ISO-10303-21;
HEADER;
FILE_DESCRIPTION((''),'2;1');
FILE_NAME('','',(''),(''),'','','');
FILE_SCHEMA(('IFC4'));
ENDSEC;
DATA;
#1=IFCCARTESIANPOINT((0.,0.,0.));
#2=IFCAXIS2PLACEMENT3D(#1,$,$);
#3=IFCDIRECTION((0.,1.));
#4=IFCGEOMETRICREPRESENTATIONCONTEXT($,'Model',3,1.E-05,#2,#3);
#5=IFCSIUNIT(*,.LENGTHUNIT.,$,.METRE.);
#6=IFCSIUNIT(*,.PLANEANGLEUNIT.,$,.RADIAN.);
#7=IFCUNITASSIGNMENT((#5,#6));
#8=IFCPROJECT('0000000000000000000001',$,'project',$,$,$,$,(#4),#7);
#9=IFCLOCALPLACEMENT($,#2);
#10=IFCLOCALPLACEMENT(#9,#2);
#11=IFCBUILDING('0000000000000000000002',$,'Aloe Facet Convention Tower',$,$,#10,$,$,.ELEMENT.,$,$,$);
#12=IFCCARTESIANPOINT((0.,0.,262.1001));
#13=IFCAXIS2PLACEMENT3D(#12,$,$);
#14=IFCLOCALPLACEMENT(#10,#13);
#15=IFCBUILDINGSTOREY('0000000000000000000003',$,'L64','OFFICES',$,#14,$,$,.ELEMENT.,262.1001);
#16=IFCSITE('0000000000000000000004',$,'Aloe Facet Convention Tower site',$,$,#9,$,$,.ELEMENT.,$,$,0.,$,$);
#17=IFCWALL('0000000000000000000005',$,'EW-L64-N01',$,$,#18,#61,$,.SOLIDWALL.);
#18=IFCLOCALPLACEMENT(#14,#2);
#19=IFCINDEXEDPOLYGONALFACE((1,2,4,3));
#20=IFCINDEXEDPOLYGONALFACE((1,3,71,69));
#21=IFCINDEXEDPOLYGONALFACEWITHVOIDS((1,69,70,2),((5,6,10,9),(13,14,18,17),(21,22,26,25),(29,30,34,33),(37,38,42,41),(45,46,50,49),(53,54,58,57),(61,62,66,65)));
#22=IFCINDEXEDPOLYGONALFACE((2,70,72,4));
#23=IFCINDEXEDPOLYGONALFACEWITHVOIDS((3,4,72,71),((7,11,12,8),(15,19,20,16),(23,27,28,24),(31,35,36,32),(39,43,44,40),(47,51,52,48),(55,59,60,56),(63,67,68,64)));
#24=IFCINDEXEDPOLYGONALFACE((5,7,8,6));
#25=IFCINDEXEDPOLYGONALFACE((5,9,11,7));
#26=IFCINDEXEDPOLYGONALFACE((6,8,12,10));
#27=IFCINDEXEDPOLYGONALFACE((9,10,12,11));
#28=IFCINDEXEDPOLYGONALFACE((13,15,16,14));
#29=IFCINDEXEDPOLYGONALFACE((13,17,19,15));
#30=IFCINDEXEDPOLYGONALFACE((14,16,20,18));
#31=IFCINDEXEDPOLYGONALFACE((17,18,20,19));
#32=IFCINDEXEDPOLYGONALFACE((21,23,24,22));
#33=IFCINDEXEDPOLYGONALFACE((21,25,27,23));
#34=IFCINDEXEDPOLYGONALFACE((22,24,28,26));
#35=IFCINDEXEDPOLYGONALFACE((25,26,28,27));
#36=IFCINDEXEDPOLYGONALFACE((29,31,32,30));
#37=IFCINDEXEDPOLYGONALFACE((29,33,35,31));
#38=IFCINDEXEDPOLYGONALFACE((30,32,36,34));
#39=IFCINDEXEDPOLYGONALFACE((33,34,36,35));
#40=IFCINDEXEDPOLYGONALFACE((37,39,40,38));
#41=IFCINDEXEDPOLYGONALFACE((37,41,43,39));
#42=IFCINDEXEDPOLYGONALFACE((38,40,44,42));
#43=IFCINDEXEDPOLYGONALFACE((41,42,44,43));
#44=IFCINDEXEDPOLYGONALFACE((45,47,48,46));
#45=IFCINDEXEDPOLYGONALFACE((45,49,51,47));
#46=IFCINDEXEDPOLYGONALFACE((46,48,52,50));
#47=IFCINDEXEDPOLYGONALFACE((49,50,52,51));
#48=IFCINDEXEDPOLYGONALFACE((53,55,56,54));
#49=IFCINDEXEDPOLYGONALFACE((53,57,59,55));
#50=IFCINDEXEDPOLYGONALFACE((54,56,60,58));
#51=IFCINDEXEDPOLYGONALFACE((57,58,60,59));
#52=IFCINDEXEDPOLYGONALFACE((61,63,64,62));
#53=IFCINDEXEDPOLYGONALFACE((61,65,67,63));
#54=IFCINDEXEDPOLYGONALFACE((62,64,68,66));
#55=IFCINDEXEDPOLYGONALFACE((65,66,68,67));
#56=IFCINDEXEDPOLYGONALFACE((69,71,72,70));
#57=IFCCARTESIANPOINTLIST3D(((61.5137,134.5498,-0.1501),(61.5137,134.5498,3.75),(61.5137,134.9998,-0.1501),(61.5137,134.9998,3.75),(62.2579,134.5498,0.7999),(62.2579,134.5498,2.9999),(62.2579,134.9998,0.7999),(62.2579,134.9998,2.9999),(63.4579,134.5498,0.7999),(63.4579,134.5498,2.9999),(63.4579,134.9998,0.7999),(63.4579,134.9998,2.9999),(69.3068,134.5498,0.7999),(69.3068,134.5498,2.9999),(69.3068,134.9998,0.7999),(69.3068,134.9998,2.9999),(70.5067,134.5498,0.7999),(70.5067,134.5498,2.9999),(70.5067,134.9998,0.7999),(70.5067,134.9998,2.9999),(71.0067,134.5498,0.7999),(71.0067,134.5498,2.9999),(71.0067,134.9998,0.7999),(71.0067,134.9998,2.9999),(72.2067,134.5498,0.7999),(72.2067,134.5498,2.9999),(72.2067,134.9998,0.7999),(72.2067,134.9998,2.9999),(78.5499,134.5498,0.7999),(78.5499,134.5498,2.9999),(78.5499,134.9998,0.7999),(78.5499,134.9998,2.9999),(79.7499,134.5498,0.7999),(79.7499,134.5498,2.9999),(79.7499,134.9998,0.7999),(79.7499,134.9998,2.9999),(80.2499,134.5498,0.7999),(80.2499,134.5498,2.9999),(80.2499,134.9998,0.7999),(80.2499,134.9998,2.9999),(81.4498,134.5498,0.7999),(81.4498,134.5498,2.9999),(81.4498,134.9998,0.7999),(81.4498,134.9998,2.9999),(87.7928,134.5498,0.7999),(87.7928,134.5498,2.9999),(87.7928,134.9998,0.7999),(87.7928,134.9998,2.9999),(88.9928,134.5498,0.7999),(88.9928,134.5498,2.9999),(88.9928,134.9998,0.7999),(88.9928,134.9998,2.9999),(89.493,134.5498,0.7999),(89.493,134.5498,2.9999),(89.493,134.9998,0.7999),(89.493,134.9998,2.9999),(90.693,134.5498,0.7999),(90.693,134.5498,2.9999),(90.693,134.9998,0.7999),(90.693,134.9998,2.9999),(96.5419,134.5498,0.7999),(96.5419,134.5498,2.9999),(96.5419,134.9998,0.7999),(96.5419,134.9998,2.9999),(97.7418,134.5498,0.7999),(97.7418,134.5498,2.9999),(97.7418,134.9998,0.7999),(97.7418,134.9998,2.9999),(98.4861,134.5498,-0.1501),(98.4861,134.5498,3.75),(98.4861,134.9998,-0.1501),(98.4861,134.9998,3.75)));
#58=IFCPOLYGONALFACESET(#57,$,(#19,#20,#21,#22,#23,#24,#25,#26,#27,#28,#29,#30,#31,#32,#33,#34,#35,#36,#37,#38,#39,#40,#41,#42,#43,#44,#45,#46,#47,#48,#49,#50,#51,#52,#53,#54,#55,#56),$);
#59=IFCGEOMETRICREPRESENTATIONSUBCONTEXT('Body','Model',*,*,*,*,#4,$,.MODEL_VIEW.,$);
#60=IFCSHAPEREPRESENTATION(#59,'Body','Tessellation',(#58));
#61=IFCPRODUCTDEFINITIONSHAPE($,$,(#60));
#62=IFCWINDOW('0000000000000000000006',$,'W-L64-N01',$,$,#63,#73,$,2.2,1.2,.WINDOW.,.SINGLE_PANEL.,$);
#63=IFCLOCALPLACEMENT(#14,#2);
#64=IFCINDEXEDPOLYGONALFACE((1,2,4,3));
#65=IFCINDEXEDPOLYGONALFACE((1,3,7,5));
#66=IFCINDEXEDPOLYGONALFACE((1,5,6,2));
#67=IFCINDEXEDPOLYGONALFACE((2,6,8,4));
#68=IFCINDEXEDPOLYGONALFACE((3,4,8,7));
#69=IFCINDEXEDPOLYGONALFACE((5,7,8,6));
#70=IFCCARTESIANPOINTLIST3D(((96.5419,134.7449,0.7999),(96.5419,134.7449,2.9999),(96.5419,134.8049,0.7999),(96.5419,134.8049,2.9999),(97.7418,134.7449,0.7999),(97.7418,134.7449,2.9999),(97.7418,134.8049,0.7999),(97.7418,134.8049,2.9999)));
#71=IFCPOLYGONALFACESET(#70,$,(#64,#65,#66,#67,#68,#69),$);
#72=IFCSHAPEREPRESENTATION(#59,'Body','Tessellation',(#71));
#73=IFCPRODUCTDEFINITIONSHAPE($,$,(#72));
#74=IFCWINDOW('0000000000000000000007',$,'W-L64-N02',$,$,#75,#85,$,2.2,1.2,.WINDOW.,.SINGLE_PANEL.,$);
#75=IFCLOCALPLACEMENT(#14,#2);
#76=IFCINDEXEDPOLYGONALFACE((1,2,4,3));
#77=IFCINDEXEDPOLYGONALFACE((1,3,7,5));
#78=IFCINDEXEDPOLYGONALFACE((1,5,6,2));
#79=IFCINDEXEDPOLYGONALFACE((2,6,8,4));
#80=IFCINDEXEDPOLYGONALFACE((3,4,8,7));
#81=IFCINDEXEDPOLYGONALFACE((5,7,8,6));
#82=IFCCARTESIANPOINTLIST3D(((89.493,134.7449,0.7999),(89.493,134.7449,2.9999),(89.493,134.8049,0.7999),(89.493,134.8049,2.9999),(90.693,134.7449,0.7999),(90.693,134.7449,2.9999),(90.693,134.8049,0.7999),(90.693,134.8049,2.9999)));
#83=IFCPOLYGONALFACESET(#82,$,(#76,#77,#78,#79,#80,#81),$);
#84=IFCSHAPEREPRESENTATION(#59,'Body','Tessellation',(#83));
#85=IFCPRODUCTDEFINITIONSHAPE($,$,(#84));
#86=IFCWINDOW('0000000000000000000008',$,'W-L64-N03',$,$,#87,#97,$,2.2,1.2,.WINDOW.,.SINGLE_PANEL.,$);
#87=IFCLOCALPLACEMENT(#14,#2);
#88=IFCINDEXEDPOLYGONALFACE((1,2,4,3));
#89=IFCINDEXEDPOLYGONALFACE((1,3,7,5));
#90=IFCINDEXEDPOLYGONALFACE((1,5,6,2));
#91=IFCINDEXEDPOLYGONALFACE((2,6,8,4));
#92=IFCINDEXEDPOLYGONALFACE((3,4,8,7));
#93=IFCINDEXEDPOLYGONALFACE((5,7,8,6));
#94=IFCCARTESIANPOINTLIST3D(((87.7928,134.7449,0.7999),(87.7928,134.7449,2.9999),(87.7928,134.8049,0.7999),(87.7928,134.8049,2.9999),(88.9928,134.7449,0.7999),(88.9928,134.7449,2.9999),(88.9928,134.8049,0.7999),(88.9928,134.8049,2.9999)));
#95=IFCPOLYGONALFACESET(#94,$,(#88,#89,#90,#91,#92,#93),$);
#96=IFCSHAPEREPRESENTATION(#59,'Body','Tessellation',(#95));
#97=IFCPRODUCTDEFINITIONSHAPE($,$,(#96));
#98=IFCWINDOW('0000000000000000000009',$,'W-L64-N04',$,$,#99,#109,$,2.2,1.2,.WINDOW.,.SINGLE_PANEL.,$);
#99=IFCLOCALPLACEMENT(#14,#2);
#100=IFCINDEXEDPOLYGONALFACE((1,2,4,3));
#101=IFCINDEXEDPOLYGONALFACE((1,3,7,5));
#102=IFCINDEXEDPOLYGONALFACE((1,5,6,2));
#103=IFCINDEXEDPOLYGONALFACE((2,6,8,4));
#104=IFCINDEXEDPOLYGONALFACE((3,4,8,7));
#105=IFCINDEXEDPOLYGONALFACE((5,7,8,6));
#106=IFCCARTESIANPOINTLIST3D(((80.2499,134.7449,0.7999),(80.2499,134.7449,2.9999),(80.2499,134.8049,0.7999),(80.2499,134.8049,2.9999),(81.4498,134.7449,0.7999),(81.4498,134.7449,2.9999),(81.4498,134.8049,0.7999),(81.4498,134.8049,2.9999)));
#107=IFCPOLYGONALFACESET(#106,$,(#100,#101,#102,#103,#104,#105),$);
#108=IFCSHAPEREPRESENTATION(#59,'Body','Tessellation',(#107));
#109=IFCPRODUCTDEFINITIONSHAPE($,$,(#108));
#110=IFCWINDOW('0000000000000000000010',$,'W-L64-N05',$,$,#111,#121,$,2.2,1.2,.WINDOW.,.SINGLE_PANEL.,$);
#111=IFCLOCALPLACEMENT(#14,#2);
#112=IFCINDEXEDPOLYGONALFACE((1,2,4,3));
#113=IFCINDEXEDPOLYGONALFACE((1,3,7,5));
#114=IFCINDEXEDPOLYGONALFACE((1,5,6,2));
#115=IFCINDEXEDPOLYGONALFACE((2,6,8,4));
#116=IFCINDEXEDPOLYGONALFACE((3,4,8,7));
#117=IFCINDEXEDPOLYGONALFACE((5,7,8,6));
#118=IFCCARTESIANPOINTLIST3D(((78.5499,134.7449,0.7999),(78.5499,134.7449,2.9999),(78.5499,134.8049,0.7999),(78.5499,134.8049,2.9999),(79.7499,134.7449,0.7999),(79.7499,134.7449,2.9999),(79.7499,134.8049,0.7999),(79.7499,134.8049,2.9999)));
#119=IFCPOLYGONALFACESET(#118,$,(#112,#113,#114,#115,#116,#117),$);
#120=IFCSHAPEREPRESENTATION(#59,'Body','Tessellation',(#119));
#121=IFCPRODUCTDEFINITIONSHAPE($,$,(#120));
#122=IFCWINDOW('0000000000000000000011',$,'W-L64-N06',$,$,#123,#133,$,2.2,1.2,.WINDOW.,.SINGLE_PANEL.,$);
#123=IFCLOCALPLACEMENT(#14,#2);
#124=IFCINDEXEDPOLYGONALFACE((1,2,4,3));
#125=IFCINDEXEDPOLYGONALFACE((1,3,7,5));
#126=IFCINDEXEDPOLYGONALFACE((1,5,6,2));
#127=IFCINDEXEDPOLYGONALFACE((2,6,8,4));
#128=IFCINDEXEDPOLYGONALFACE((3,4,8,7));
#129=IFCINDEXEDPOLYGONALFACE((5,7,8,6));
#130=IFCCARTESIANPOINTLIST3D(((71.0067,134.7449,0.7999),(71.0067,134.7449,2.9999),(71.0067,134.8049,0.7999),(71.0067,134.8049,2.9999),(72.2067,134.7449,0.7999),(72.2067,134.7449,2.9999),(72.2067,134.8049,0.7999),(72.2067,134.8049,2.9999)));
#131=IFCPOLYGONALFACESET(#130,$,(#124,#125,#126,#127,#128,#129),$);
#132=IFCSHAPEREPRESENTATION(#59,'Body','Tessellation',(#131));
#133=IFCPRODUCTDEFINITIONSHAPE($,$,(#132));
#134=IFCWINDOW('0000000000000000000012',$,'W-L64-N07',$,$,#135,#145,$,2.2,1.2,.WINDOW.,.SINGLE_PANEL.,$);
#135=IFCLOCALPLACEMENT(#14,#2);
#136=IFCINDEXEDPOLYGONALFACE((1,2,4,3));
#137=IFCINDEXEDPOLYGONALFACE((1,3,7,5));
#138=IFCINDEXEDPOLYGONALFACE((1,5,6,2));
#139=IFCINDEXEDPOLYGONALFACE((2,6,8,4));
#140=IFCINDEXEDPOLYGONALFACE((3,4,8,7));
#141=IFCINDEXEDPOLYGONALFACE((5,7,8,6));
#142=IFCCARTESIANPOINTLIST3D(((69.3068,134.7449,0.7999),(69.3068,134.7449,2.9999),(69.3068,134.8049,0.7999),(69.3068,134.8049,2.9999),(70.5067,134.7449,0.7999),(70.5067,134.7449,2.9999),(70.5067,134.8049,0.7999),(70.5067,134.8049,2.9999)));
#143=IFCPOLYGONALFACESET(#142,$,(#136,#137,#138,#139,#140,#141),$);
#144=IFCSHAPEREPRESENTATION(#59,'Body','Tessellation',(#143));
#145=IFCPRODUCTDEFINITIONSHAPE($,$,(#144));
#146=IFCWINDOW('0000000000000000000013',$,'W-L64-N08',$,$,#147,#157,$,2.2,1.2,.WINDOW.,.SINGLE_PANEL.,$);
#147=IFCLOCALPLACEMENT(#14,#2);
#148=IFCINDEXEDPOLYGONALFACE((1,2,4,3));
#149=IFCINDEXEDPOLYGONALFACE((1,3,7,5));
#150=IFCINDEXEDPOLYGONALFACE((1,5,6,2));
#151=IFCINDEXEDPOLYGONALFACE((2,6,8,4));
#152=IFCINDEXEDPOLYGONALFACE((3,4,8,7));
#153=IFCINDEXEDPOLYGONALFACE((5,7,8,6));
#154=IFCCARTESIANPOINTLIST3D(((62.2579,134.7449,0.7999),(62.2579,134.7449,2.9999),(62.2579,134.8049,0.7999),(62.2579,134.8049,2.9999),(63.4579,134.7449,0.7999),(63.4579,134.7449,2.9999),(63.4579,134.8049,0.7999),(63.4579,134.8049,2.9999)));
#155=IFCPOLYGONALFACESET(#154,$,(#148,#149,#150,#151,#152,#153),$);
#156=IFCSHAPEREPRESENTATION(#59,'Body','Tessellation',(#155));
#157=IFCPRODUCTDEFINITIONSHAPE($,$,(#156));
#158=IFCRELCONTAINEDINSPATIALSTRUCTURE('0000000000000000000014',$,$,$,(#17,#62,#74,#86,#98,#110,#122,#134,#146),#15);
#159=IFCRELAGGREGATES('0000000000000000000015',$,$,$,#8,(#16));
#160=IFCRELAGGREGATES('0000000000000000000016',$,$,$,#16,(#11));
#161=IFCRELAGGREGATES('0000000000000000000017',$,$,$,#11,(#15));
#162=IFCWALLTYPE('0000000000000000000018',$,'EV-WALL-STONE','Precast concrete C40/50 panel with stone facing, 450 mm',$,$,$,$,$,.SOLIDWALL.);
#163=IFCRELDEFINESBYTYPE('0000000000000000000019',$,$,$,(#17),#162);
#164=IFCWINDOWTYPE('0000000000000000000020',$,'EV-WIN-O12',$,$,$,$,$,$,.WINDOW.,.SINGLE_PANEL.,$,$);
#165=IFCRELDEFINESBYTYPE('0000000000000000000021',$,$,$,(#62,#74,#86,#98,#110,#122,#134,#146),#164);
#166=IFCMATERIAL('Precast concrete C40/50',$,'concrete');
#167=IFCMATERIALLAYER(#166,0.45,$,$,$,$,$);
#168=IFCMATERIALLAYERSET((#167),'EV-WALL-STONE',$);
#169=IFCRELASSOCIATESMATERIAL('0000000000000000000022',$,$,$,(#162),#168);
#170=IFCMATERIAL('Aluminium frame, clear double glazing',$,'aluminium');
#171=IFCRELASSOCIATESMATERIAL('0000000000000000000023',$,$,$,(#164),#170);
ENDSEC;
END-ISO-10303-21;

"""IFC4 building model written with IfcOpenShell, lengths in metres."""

from ifc_helpers import new_model, si_unit, direction, frame, frame_2d, origin, place, context, subcontext, project, spatial, polyline, rectangle, outline, extrude, material, layer, layer_set, type_object, element, fill, save


model = new_model("IFC4")

# Units and contexts
model_context = context("Model", 3, precision=1e-05, world=origin(), true_north=direction((0.0, 1.0)))
body_context = subcontext(model_context, "Body", "Model", "MODEL_VIEW")
ifc_project = project(units=[si_unit("LENGTHUNIT", "METRE"), si_unit("PLANEANGLEUNIT", "RADIAN")], contexts=[model_context])

# Site, building, storey
site_placement = place(None, origin())
site = spatial("IfcSite", under=ifc_project, at=site_placement, Name="Aloe Facet Convention Tower site", CompositionType="ELEMENT", RefElevation=0.0)
building_placement = place(site_placement, origin())
building = spatial("IfcBuilding", under=site, at=building_placement, Name="Aloe Facet Convention Tower", CompositionType="ELEMENT")
storey_placement = place(building_placement, frame((0.0, 0.0, 262.1001)))
storey = spatial("IfcBuildingStorey", under=building, at=storey_placement, Name="L64", Description="OFFICES", CompositionType="ELEMENT", Elevation=262.1001)

# Wall, openings, windows
ifc_material_1 = material(Name="Precast concrete C40/50", Category="concrete")
ifc_layer_1 = layer(ifc_material_1, 0.45)
ifc_layer_set_1 = layer_set([ifc_layer_1], Name="EV-WALL-STONE")
wall_type_1 = type_object("IfcWallType", Name="EV-WALL-STONE", Description="Precast concrete C40/50 panel with stone facing, 450 mm", PredefinedType="SOLIDWALL", material=ifc_layer_set_1)
wall_1_placement = place(storey_placement, frame((98.4861, 134.7749, -0.1501), z_axis=(0.0, 0.0, 1.0), x_axis=(-1.0, 0.0, 0.0)))
wall_1 = element("IfcWall", 1, at=wall_1_placement, inside=storey, type_object=wall_type_1, Name="EW-L64-N01", PredefinedType="SOLIDWALL", context=body_context, shape_type="SweptSolid", body=[
    extrude(outline(polyline([(36.9724, 0.0), (36.9724, 3.9001), (0.0, 3.9001), (0.0, 0.0), (36.9724, 0.0)])), frame((0.0, 0.2251, 0.0), z_axis=(0.0, -1.0, 0.0), x_axis=(1.0, 0.0, 0.0)), (0.0, 0.0, 1.0), 0.45),
])
opening_1_placement = place(wall_1_placement, frame((0.7441, 0.0, 0.95)))
opening_1 = element("IfcOpeningElement", 2, at=opening_1_placement, cuts=wall_1, PredefinedType="OPENING", context=body_context, shape_type="SweptSolid", body=[
    extrude(rectangle(XDim=1.2, YDim=2.2, at=frame_2d((0.6001, 1.1001))), frame((0.0, 0.2349, 0.0), z_axis=(0.0, -1.0, 0.0), x_axis=(1.0, 0.0, 0.0)), (0.0, 0.0, 1.0), 0.47),
])
opening_2_placement = place(wall_1_placement, frame((7.793, 0.0, 0.95)))
opening_2 = element("IfcOpeningElement", 3, at=opening_2_placement, cuts=wall_1, PredefinedType="OPENING", context=body_context, shape_type="SweptSolid", body=[
    extrude(rectangle(XDim=1.2, YDim=2.2, at=frame_2d((0.6001, 1.1001))), frame((0.0, 0.2349, 0.0), z_axis=(0.0, -1.0, 0.0), x_axis=(1.0, 0.0, 0.0)), (0.0, 0.0, 1.0), 0.47),
])
opening_3_placement = place(wall_1_placement, frame((9.4932, 0.0, 0.95)))
opening_3 = element("IfcOpeningElement", 4, at=opening_3_placement, cuts=wall_1, PredefinedType="OPENING", context=body_context, shape_type="SweptSolid", body=[
    extrude(rectangle(XDim=1.2, YDim=2.2, at=frame_2d((0.6001, 1.1001))), frame((0.0, 0.2349, 0.0), z_axis=(0.0, -1.0, 0.0), x_axis=(1.0, 0.0, 0.0)), (0.0, 0.0, 1.0), 0.47),
])
opening_4_placement = place(wall_1_placement, frame((17.0361, 0.0, 0.95)))
opening_4 = element("IfcOpeningElement", 5, at=opening_4_placement, cuts=wall_1, PredefinedType="OPENING", context=body_context, shape_type="SweptSolid", body=[
    extrude(rectangle(XDim=1.2, YDim=2.2, at=frame_2d((0.6001, 1.1001))), frame((0.0, 0.2349, 0.0), z_axis=(0.0, -1.0, 0.0), x_axis=(1.0, 0.0, 0.0)), (0.0, 0.0, 1.0), 0.47),
])
opening_5_placement = place(wall_1_placement, frame((18.7361, 0.0, 0.95)))
opening_5 = element("IfcOpeningElement", 6, at=opening_5_placement, cuts=wall_1, PredefinedType="OPENING", context=body_context, shape_type="SweptSolid", body=[
    extrude(rectangle(XDim=1.2, YDim=2.2, at=frame_2d((0.6001, 1.1001))), frame((0.0, 0.2349, 0.0), z_axis=(0.0, -1.0, 0.0), x_axis=(1.0, 0.0, 0.0)), (0.0, 0.0, 1.0), 0.47),
])
opening_6_placement = place(wall_1_placement, frame((26.2793, 0.0, 0.95)))
opening_6 = element("IfcOpeningElement", 7, at=opening_6_placement, cuts=wall_1, PredefinedType="OPENING", context=body_context, shape_type="SweptSolid", body=[
    extrude(rectangle(XDim=1.2, YDim=2.2, at=frame_2d((0.6001, 1.1001))), frame((0.0, 0.2349, 0.0), z_axis=(0.0, -1.0, 0.0), x_axis=(1.0, 0.0, 0.0)), (0.0, 0.0, 1.0), 0.47),
])
opening_7_placement = place(wall_1_placement, frame((27.9792, 0.0, 0.95)))
opening_7 = element("IfcOpeningElement", 8, at=opening_7_placement, cuts=wall_1, PredefinedType="OPENING", context=body_context, shape_type="SweptSolid", body=[
    extrude(rectangle(XDim=1.2, YDim=2.2, at=frame_2d((0.6001, 1.1001))), frame((0.0, 0.2349, 0.0), z_axis=(0.0, -1.0, 0.0), x_axis=(1.0, 0.0, 0.0)), (0.0, 0.0, 1.0), 0.47),
])
opening_8_placement = place(wall_1_placement, frame((35.0281, 0.0, 0.95)))
opening_8 = element("IfcOpeningElement", 9, at=opening_8_placement, cuts=wall_1, PredefinedType="OPENING", context=body_context, shape_type="SweptSolid", body=[
    extrude(rectangle(XDim=1.2, YDim=2.2, at=frame_2d((0.6001, 1.1001))), frame((0.0, 0.2349, 0.0), z_axis=(0.0, -1.0, 0.0), x_axis=(1.0, 0.0, 0.0)), (0.0, 0.0, 1.0), 0.47),
])
ifc_material_2 = material(Name="Aluminium frame, clear double glazing", Category="aluminium")
window_type = type_object("IfcWindowType", Name="EV-WIN-O12", PartitioningType="SINGLE_PANEL", PredefinedType="WINDOW", material=ifc_material_2)
window_1_placement = place(opening_1_placement, origin())
window_1 = element("IfcWindow", 10, at=window_1_placement, inside=storey, type_object=window_type, Name="W-L64-N01", OverallHeight=2.2, OverallWidth=1.2, PartitioningType="SINGLE_PANEL", PredefinedType="WINDOW", context=body_context, shape_type="SweptSolid", body=[
    extrude(rectangle(XDim=1.2, YDim=2.2, at=frame_2d((0.6001, 1.1001))), frame((0.0, 0.03, 0.0), z_axis=(0.0, -1.0, 0.0), x_axis=(1.0, 0.0, 0.0)), (0.0, 0.0, 1.0), 0.0601),
])
fill(opening_1, window_1)
window_2_placement = place(opening_2_placement, origin())
window_2 = element("IfcWindow", 11, at=window_2_placement, inside=storey, type_object=window_type, Name="W-L64-N02", OverallHeight=2.2, OverallWidth=1.2, PartitioningType="SINGLE_PANEL", PredefinedType="WINDOW", context=body_context, shape_type="SweptSolid", body=[
    extrude(rectangle(XDim=1.2, YDim=2.2, at=frame_2d((0.6001, 1.1001))), frame((0.0, 0.03, 0.0), z_axis=(0.0, -1.0, 0.0), x_axis=(1.0, 0.0, 0.0)), (0.0, 0.0, 1.0), 0.0601),
])
fill(opening_2, window_2)
window_3_placement = place(opening_3_placement, origin())
window_3 = element("IfcWindow", 12, at=window_3_placement, inside=storey, type_object=window_type, Name="W-L64-N03", OverallHeight=2.2, OverallWidth=1.2, PartitioningType="SINGLE_PANEL", PredefinedType="WINDOW", context=body_context, shape_type="SweptSolid", body=[
    extrude(rectangle(XDim=1.2, YDim=2.2, at=frame_2d((0.6001, 1.1001))), frame((0.0, 0.03, 0.0), z_axis=(0.0, -1.0, 0.0), x_axis=(1.0, 0.0, 0.0)), (0.0, 0.0, 1.0), 0.0601),
])
fill(opening_3, window_3)
window_4_placement = place(opening_4_placement, origin())
window_4 = element("IfcWindow", 13, at=window_4_placement, inside=storey, type_object=window_type, Name="W-L64-N04", OverallHeight=2.2, OverallWidth=1.2, PartitioningType="SINGLE_PANEL", PredefinedType="WINDOW", context=body_context, shape_type="SweptSolid", body=[
    extrude(rectangle(XDim=1.2, YDim=2.2, at=frame_2d((0.6001, 1.1001))), frame((0.0, 0.03, 0.0), z_axis=(0.0, -1.0, 0.0), x_axis=(1.0, 0.0, 0.0)), (0.0, 0.0, 1.0), 0.0601),
])
fill(opening_4, window_4)
window_5_placement = place(opening_5_placement, origin())
window_5 = element("IfcWindow", 14, at=window_5_placement, inside=storey, type_object=window_type, Name="W-L64-N05", OverallHeight=2.2, OverallWidth=1.2, PartitioningType="SINGLE_PANEL", PredefinedType="WINDOW", context=body_context, shape_type="SweptSolid", body=[
    extrude(rectangle(XDim=1.2, YDim=2.2, at=frame_2d((0.6001, 1.1001))), frame((0.0, 0.03, 0.0), z_axis=(0.0, -1.0, 0.0), x_axis=(1.0, 0.0, 0.0)), (0.0, 0.0, 1.0), 0.0601),
])
fill(opening_5, window_5)
window_6_placement = place(opening_6_placement, origin())
window_6 = element("IfcWindow", 15, at=window_6_placement, inside=storey, type_object=window_type, Name="W-L64-N06", OverallHeight=2.2, OverallWidth=1.2, PartitioningType="SINGLE_PANEL", PredefinedType="WINDOW", context=body_context, shape_type="SweptSolid", body=[
    extrude(rectangle(XDim=1.2, YDim=2.2, at=frame_2d((0.6001, 1.1001))), frame((0.0, 0.03, 0.0), z_axis=(0.0, -1.0, 0.0), x_axis=(1.0, 0.0, 0.0)), (0.0, 0.0, 1.0), 0.0601),
])
fill(opening_6, window_6)
window_7_placement = place(opening_7_placement, origin())
window_7 = element("IfcWindow", 16, at=window_7_placement, inside=storey, type_object=window_type, Name="W-L64-N07", OverallHeight=2.2, OverallWidth=1.2, PartitioningType="SINGLE_PANEL", PredefinedType="WINDOW", context=body_context, shape_type="SweptSolid", body=[
    extrude(rectangle(XDim=1.2, YDim=2.2, at=frame_2d((0.6001, 1.1001))), frame((0.0, 0.03, 0.0), z_axis=(0.0, -1.0, 0.0), x_axis=(1.0, 0.0, 0.0)), (0.0, 0.0, 1.0), 0.0601),
])
fill(opening_7, window_7)
window_8_placement = place(opening_8_placement, origin())
window_8 = element("IfcWindow", 17, at=window_8_placement, inside=storey, type_object=window_type, Name="W-L64-N08", OverallHeight=2.2, OverallWidth=1.2, PartitioningType="SINGLE_PANEL", PredefinedType="WINDOW", context=body_context, shape_type="SweptSolid", body=[
    extrude(rectangle(XDim=1.2, YDim=2.2, at=frame_2d((0.6001, 1.1001))), frame((0.0, 0.03, 0.0), z_axis=(0.0, -1.0, 0.0), x_axis=(1.0, 0.0, 0.0)), (0.0, 0.0, 1.0), 0.0601),
])
fill(opening_8, window_8)

save(model, "model.ifc")
